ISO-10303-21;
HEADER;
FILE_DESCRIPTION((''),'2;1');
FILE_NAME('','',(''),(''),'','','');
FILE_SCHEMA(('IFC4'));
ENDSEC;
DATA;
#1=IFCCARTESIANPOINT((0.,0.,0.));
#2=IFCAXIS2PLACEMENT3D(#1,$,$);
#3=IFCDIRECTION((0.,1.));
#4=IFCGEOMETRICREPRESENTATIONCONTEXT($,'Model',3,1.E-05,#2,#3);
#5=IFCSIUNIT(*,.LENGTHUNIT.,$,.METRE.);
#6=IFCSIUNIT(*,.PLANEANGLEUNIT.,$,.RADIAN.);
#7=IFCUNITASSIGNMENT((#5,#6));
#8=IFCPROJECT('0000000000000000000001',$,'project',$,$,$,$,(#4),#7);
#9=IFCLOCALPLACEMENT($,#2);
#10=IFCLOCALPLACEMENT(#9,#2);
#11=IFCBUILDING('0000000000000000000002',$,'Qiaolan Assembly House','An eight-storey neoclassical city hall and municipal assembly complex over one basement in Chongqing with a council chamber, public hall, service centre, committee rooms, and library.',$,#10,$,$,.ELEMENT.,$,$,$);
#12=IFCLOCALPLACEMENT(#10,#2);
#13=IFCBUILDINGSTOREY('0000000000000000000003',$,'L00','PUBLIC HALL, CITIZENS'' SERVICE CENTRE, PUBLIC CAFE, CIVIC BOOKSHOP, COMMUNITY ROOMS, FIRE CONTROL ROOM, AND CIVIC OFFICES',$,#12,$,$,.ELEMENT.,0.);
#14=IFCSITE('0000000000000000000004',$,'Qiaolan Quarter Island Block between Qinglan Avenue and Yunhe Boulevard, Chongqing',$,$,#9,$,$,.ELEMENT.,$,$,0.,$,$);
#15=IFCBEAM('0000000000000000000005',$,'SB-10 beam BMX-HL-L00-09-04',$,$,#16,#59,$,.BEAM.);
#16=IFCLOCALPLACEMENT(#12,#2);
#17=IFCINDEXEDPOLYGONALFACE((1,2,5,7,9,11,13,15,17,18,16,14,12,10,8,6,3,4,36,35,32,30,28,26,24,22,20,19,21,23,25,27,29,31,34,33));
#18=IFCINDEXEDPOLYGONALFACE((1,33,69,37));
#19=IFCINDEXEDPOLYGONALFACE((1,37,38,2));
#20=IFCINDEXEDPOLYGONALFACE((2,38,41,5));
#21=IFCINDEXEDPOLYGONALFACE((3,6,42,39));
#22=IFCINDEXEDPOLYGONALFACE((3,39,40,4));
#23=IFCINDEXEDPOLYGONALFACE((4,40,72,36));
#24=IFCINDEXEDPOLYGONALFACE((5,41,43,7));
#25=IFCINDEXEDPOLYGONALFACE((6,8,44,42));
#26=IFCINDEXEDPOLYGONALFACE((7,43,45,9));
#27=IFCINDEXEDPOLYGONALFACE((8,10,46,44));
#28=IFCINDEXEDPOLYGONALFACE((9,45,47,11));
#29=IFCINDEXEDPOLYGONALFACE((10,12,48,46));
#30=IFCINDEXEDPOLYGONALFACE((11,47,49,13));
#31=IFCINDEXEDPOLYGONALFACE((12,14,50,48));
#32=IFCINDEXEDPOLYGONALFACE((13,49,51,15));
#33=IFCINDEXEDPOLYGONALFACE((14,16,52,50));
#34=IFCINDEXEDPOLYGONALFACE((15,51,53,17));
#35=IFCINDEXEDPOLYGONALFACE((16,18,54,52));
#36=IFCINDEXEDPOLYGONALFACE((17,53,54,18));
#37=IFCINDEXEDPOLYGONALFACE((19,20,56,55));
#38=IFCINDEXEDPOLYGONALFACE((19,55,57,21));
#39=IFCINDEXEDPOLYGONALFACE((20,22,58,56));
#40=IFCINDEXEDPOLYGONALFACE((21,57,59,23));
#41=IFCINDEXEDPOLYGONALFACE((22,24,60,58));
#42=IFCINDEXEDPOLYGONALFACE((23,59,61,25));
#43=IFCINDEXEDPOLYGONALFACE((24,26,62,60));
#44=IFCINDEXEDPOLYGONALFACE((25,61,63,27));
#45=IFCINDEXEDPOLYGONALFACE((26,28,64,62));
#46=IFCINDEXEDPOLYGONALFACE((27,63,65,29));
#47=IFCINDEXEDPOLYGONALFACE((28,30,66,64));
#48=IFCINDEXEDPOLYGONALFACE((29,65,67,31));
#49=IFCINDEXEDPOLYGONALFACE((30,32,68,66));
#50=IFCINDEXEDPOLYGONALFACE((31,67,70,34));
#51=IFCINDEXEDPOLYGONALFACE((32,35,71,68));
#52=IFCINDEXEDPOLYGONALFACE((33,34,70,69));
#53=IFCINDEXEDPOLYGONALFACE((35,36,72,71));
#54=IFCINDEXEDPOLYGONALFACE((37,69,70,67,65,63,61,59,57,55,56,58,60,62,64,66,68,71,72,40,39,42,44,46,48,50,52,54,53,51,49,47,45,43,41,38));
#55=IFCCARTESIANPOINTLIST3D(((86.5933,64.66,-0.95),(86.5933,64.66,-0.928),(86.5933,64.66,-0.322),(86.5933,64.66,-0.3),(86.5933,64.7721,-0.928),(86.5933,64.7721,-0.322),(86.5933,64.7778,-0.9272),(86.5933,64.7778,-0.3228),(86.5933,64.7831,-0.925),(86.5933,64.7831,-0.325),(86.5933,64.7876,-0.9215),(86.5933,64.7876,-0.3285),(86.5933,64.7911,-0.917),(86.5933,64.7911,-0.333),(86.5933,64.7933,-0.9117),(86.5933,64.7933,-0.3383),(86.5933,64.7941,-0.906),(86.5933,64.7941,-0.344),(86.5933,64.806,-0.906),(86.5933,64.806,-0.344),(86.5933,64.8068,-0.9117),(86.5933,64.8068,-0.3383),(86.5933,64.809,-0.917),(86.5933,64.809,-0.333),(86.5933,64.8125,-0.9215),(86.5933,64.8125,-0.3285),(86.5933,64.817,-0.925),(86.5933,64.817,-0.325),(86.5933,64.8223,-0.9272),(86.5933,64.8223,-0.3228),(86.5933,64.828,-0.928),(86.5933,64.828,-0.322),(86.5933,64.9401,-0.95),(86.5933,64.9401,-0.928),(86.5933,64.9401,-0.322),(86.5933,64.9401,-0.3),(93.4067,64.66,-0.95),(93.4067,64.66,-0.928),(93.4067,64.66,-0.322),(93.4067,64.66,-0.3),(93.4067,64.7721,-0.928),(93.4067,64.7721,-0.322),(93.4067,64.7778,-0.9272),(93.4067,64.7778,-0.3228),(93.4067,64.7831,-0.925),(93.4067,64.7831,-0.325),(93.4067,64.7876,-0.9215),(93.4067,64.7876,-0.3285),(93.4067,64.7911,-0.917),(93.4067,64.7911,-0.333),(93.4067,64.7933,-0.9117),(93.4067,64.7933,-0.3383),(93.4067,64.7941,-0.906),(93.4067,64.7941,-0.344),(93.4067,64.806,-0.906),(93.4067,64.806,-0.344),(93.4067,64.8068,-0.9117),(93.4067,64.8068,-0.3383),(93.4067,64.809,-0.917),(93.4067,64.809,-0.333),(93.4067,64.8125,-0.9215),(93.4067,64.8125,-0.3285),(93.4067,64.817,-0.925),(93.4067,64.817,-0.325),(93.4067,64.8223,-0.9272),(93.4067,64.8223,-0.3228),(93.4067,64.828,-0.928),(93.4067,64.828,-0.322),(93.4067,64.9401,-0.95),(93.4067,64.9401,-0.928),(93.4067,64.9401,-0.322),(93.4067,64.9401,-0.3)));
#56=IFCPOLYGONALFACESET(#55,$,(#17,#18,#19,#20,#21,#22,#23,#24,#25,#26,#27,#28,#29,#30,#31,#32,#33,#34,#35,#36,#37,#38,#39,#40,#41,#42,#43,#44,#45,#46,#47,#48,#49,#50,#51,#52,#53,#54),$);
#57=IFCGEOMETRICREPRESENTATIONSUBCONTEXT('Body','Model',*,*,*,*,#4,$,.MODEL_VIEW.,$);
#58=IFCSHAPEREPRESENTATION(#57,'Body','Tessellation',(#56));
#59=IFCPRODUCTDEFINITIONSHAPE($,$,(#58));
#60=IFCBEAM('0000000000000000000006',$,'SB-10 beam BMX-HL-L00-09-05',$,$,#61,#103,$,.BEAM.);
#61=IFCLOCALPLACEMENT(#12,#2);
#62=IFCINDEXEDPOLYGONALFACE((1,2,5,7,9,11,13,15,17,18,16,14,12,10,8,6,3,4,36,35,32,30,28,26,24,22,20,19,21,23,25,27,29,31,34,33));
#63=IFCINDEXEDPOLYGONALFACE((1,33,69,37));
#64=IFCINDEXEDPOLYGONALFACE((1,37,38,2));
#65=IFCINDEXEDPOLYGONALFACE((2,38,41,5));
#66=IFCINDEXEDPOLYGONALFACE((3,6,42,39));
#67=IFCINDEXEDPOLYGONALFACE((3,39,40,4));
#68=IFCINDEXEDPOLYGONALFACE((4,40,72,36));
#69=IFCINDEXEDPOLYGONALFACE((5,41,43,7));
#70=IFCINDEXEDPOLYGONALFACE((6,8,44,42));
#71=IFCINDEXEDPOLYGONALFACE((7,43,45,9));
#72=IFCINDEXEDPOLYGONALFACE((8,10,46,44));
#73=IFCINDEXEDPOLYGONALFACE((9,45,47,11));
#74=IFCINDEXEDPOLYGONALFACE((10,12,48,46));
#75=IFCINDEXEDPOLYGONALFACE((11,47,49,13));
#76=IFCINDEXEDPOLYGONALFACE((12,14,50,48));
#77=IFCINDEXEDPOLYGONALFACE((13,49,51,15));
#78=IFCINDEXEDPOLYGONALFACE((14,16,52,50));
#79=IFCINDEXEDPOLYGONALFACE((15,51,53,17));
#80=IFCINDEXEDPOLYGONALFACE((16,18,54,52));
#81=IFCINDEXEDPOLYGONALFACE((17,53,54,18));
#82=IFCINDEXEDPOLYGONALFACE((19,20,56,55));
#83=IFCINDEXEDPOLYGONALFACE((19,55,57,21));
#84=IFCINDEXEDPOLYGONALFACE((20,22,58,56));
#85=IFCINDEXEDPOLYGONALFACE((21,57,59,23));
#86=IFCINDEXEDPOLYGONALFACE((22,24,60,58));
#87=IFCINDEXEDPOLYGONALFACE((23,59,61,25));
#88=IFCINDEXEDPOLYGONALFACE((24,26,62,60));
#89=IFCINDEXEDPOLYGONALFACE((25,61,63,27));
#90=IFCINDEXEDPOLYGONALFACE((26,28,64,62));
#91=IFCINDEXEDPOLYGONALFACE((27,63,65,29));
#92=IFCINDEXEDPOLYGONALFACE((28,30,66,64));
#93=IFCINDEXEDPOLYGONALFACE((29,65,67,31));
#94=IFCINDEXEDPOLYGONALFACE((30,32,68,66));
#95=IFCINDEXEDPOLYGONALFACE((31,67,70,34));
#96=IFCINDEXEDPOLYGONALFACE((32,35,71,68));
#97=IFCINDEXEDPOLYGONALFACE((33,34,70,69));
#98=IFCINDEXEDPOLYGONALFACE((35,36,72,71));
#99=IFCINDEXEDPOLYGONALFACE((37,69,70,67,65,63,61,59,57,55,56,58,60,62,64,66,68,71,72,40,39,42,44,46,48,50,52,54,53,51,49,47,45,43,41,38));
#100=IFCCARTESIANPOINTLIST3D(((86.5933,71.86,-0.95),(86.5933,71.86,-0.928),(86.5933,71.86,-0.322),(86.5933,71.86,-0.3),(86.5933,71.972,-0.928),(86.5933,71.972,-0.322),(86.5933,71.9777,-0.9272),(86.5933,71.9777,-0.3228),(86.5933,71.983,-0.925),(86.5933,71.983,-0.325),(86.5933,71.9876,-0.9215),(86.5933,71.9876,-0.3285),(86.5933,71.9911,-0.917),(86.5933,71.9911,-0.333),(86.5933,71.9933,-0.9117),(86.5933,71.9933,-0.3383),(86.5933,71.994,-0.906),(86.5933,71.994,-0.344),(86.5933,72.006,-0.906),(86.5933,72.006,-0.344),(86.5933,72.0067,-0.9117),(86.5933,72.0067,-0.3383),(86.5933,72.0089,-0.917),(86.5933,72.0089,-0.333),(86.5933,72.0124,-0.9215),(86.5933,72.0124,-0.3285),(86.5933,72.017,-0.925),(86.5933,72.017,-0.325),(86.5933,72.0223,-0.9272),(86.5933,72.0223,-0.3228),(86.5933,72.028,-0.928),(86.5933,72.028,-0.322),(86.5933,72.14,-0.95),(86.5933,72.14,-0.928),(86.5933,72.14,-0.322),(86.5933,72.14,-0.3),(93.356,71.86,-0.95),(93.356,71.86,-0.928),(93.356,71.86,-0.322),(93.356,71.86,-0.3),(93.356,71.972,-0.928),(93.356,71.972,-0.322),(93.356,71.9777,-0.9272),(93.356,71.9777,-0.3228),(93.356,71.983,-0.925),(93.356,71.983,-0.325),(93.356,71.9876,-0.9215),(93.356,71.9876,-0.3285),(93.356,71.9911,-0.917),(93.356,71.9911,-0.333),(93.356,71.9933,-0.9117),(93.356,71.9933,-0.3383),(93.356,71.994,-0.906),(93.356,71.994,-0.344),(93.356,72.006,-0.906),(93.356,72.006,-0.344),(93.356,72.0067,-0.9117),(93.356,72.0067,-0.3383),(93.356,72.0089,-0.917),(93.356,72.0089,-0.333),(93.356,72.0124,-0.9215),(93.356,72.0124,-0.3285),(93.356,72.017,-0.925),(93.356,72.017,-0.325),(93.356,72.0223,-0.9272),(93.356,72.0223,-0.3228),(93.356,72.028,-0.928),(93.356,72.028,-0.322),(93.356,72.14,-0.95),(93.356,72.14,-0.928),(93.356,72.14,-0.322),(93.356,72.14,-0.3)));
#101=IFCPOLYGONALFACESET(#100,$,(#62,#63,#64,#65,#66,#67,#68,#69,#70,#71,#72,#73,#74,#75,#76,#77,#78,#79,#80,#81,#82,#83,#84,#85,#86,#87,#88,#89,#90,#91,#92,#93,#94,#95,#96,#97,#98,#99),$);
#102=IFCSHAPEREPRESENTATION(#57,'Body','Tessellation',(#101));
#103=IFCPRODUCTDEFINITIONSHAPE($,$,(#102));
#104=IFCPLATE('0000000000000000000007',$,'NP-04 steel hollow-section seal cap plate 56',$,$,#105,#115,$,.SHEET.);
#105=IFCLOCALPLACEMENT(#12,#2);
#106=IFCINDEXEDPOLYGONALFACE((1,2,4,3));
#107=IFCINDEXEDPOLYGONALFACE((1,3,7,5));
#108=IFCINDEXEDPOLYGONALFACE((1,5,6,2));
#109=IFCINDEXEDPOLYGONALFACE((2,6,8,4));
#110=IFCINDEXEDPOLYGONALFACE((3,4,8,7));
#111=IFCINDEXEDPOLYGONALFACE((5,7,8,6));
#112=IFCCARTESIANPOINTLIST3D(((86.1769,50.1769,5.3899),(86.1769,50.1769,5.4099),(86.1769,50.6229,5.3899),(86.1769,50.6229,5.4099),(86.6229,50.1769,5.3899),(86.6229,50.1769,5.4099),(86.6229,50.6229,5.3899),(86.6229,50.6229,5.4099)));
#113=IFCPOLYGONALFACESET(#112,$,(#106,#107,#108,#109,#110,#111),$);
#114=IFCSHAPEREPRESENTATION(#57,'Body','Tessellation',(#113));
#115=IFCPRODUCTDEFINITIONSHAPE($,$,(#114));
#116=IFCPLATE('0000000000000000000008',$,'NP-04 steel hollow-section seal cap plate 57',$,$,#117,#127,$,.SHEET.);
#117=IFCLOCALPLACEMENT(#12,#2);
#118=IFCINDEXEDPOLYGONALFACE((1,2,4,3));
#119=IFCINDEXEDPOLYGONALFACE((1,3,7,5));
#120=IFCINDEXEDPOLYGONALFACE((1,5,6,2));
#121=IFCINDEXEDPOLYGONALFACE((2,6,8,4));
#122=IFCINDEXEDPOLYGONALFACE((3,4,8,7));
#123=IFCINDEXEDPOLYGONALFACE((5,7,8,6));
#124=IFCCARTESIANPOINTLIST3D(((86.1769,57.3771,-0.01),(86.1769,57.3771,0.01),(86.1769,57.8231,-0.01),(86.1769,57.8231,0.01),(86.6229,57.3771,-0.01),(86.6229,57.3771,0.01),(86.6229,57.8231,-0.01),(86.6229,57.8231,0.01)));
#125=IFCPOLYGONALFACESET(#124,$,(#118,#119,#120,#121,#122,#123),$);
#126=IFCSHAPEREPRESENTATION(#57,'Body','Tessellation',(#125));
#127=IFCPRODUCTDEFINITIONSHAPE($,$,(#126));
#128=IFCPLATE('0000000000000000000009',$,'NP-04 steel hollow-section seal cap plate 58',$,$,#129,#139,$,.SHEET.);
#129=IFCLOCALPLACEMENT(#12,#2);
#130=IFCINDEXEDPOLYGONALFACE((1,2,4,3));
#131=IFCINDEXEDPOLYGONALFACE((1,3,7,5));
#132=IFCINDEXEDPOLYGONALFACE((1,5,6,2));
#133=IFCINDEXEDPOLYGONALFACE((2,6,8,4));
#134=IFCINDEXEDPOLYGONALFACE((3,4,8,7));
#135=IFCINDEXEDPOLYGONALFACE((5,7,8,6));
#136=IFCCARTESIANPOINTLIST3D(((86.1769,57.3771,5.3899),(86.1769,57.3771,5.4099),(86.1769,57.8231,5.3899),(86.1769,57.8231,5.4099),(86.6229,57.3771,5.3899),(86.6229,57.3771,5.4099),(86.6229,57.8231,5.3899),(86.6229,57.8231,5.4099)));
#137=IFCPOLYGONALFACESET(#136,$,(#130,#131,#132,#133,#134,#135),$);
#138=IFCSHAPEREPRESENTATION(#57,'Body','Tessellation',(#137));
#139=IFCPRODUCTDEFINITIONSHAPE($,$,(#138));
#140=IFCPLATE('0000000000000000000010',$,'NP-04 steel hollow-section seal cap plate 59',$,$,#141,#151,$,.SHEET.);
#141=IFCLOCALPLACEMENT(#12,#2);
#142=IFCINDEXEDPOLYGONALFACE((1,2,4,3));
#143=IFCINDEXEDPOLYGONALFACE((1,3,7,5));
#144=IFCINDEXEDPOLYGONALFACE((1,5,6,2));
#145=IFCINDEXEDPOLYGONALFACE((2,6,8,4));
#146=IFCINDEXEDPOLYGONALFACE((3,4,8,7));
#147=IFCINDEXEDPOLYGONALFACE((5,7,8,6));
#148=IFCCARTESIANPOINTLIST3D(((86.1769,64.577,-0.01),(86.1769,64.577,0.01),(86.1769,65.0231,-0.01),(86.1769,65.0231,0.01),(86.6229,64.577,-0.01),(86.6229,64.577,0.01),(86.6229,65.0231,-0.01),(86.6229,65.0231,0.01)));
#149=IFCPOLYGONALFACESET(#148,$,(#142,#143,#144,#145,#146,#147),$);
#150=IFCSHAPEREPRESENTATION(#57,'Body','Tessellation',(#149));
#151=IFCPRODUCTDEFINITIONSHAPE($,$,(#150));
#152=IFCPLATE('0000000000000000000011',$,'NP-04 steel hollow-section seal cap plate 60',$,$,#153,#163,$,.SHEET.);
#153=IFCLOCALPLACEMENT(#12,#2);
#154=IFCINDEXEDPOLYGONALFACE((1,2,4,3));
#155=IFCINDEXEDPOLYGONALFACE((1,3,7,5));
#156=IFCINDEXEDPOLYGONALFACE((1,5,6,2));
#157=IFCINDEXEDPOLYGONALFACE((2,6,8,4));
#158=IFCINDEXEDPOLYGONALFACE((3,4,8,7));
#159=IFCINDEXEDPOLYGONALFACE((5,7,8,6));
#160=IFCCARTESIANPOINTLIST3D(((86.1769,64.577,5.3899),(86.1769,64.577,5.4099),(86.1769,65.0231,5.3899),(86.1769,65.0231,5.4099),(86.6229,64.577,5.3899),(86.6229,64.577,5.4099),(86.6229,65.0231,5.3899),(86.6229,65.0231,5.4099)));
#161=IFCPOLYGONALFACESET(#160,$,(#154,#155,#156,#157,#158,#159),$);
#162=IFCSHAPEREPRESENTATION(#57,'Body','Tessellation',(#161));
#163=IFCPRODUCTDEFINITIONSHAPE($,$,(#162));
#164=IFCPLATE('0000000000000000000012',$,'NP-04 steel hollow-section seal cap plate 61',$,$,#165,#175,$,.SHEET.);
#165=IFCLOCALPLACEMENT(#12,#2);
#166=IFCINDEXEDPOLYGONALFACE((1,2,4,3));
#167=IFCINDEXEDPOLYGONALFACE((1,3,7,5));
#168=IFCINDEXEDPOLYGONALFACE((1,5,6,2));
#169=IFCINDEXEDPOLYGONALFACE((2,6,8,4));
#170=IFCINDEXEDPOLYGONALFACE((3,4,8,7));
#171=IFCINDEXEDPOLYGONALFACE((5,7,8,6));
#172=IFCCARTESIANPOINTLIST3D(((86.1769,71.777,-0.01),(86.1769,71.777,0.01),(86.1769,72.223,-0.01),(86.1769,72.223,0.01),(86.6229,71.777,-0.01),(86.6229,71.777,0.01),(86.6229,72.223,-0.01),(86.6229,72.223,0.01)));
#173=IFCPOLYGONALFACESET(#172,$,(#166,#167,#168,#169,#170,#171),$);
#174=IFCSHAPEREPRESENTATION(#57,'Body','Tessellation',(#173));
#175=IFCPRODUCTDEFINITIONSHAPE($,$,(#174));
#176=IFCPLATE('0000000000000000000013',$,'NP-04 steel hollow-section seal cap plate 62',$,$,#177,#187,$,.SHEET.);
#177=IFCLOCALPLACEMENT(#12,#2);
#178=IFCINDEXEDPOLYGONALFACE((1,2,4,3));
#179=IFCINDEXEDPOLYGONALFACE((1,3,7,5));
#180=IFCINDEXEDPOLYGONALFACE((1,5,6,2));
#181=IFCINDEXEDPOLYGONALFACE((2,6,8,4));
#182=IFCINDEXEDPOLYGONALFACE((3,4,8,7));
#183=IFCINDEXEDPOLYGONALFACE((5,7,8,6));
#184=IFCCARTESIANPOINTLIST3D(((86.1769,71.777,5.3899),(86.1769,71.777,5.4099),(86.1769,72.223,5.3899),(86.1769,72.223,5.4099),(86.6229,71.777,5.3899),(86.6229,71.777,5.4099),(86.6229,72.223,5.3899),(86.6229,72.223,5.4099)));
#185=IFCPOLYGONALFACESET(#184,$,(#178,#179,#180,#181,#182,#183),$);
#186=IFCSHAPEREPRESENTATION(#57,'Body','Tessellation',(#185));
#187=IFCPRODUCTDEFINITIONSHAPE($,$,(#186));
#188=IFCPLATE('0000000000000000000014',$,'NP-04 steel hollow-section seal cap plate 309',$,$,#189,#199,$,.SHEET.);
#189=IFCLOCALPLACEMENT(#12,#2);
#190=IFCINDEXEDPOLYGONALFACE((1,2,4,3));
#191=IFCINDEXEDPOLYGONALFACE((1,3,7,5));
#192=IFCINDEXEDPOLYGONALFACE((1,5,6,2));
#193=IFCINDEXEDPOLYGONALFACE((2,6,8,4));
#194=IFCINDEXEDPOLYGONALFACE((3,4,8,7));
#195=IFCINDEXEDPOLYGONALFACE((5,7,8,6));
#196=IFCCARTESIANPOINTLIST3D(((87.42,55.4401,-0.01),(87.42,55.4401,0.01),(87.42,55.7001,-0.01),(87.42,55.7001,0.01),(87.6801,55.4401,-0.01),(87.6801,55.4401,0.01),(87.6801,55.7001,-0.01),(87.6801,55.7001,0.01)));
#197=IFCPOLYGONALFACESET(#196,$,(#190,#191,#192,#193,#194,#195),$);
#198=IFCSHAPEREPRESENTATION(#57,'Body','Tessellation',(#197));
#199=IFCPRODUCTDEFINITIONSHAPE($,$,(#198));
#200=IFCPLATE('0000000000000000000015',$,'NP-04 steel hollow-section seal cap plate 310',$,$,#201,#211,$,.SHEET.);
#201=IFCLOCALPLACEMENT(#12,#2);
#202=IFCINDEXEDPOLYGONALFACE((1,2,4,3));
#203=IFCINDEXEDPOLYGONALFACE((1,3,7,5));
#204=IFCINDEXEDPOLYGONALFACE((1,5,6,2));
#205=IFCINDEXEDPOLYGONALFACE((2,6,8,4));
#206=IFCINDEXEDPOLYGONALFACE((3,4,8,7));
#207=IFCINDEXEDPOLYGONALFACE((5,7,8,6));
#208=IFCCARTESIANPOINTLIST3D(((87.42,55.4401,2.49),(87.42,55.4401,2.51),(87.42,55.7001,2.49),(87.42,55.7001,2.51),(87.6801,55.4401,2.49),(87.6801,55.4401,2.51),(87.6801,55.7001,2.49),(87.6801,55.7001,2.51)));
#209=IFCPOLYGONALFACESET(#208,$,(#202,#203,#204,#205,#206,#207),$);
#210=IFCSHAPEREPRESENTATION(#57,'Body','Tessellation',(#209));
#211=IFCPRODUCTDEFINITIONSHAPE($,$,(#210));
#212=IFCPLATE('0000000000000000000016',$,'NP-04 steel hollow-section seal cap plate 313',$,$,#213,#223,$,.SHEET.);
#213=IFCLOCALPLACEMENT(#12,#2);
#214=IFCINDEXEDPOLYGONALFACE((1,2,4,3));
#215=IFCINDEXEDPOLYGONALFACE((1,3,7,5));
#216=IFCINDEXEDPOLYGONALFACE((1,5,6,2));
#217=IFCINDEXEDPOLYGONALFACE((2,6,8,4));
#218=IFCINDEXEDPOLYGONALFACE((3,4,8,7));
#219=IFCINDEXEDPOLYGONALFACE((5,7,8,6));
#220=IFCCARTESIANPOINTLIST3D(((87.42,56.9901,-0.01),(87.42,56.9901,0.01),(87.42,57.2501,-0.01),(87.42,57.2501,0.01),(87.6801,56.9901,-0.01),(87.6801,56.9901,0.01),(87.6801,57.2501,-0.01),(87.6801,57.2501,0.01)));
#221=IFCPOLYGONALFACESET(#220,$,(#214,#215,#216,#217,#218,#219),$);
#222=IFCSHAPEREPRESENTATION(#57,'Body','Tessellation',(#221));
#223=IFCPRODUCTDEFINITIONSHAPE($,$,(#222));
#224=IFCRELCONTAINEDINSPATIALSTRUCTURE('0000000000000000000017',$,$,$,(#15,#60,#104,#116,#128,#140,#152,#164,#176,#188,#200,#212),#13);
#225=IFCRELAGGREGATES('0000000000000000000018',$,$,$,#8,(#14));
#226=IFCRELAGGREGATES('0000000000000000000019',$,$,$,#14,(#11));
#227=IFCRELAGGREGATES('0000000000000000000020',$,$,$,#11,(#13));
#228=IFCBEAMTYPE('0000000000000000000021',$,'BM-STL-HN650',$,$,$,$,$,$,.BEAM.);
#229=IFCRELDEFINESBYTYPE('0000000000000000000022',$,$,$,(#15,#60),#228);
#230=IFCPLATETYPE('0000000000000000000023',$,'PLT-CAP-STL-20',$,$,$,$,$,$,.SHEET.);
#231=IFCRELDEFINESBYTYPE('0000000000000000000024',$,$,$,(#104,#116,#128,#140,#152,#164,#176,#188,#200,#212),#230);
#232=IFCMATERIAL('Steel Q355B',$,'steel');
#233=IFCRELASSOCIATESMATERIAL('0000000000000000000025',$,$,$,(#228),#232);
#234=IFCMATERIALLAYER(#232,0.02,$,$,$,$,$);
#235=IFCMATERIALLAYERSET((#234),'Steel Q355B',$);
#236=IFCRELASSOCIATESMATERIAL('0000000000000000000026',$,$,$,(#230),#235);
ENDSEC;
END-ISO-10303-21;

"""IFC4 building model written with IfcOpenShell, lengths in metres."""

from ifc_helpers import new_model, si_unit, direction, frame, origin, origin_2d, place, context, subcontext, project, spatial, rectangle, i_section, extrude, material, layer, layer_set, material_profile, profile_set, type_object, element, save


model = new_model("IFC4")

# Units and contexts
model_context = context("Model", 3, precision=1e-05, world=origin(), true_north=direction((0.0, 1.0)))
body_context = subcontext(model_context, "Body", "Model", "MODEL_VIEW")
ifc_project = project(units=[si_unit("LENGTHUNIT", "METRE"), si_unit("PLANEANGLEUNIT", "RADIAN")], contexts=[model_context])

# Site, building, storey
site_placement = place(None, origin())
site = spatial("IfcSite", under=ifc_project, at=site_placement, Name="Qiaolan Quarter Island Block between Qinglan Avenue and Yunhe Boulevard, Chongqing", CompositionType="ELEMENT", RefElevation=0.0)
building_placement = place(site_placement, origin())
building = spatial("IfcBuilding", under=site, at=building_placement, Name="Qiaolan Assembly House", Description="An eight-storey neoclassical city hall and municipal assembly complex over one basement in Chongqing with a council chamber, public hall, service centre, committee rooms, and library.", CompositionType="ELEMENT")
storey_placement = place(building_placement, origin())
storey = spatial("IfcBuildingStorey", under=building, at=storey_placement, Name="L00", Description="PUBLIC HALL, CITIZENS' SERVICE CENTRE, PUBLIC CAFE, CIVIC BOOKSHOP, COMMUNITY ROOMS, FIRE CONTROL ROOM, AND CIVIC OFFICES", CompositionType="ELEMENT", Elevation=0.0)

# Shared definitions
ifc_material_1 = material(Name="Steel Q355B", Category="steel")

# Beams
ifc_material_profile_1 = material_profile(ifc_material_1, i_section(OverallWidth=0.28, OverallDepth=0.6499, WebThickness=0.012, FlangeThickness=0.022, FilletRadius=0.022, at=origin_2d()), Name="HN 650x280x12x22")
ifc_profile_set_1 = profile_set([ifc_material_profile_1], Name="Steel Q355B")
beam_type_1 = type_object("IfcBeamType", Name="BM-STL-HN650", PredefinedType="BEAM", material=ifc_profile_set_1)
for number, where, z_axis, x_axis, name in (
    (1, (86.5933, 64.8, -0.625), (1.0, 0.0, 0.0), (0.0, 1.0, 0.0), "SB-10 beam BMX-HL-L00-09-04"),
):
    element("IfcBeam", number, at=place(storey_placement, frame(where, z_axis=z_axis, x_axis=x_axis)), inside=storey, type_object=beam_type_1, Name=name, PredefinedType="BEAM", context=body_context, shape_type="SweptSolid", body=[
        extrude(i_section(OverallWidth=0.28, OverallDepth=0.6499, WebThickness=0.012, FlangeThickness=0.022, FilletRadius=0.022, at=origin_2d()), origin(), (0.0, 0.0, 1.0), 6.8135),
    ])
beam_1_placement = place(storey_placement, frame((86.5933, 72.0, -0.625), z_axis=(1.0, 0.0, 0.0), x_axis=(0.0, 1.0, 0.0)))
element("IfcBeam", 2, at=beam_1_placement, inside=storey, type_object=beam_type_1, Name="SB-10 beam BMX-HL-L00-09-05", PredefinedType="BEAM", context=body_context, shape_type="SweptSolid", body=[
    extrude(i_section(OverallWidth=0.28, OverallDepth=0.6499, WebThickness=0.012, FlangeThickness=0.022, FilletRadius=0.022, at=origin_2d()), origin(), (0.0, 0.0, 1.0), 6.7627),
])

# Plates
ifc_layer = layer(ifc_material_1, 0.02)
ifc_layer_set = layer_set([ifc_layer], Name="Steel Q355B")
plate_type = type_object("IfcPlateType", Name="PLT-CAP-STL-20", PredefinedType="SHEET", material=ifc_layer_set)
for number, where, z_axis, x_axis, name in (
    (3, (86.3999, 50.3999, 5.3899), (0.0, 0.0, 1.0), (1.0, 0.0, 0.0), "NP-04 steel hollow-section seal cap plate 56"),
    (4, (86.3999, 57.6001, -0.01), (0.0, 0.0, 1.0), (1.0, 0.0, 0.0), "NP-04 steel hollow-section seal cap plate 57"),
    (5, (86.3999, 57.6001, 5.3899), (0.0, 0.0, 1.0), (1.0, 0.0, 0.0), "NP-04 steel hollow-section seal cap plate 58"),
    (6, (86.3999, 64.8, -0.01), (0.0, 0.0, 1.0), (1.0, 0.0, 0.0), "NP-04 steel hollow-section seal cap plate 59"),
    (7, (86.3999, 64.8, 5.3899), (0.0, 0.0, 1.0), (1.0, 0.0, 0.0), "NP-04 steel hollow-section seal cap plate 60"),
    (8, (86.3999, 72.0, -0.01), (0.0, 0.0, 1.0), (1.0, 0.0, 0.0), "NP-04 steel hollow-section seal cap plate 61"),
    (9, (86.3999, 72.0, 5.3899), (0.0, 0.0, 1.0), (1.0, 0.0, 0.0), "NP-04 steel hollow-section seal cap plate 62"),
):
    element("IfcPlate", number, at=place(storey_placement, frame(where, z_axis=z_axis, x_axis=x_axis)), inside=storey, type_object=plate_type, Name=name, PredefinedType="SHEET", context=body_context, shape_type="SweptSolid", body=[
        extrude(rectangle(XDim=0.446, YDim=0.446, at=origin_2d()), origin(), (0.0, 0.0, 1.0), 0.02),
    ])
for number, where, z_axis, x_axis, name in (
    (10, (87.55, 55.5701, -0.01), (0.0, 0.0, 1.0), (1.0, 0.0, 0.0), "NP-04 steel hollow-section seal cap plate 309"),
    (11, (87.55, 55.5701, 2.49), (0.0, 0.0, 1.0), (1.0, 0.0, 0.0), "NP-04 steel hollow-section seal cap plate 310"),
    (12, (87.55, 57.1201, -0.01), (0.0, 0.0, 1.0), (1.0, 0.0, 0.0), "NP-04 steel hollow-section seal cap plate 313"),
):
    element("IfcPlate", number, at=place(storey_placement, frame(where, z_axis=z_axis, x_axis=x_axis)), inside=storey, type_object=plate_type, Name=name, PredefinedType="SHEET", context=body_context, shape_type="SweptSolid", body=[
        extrude(rectangle(XDim=0.26, YDim=0.26, at=origin_2d()), origin(), (0.0, 0.0, 1.0), 0.02),
    ])

save(model, "model.ifc")
